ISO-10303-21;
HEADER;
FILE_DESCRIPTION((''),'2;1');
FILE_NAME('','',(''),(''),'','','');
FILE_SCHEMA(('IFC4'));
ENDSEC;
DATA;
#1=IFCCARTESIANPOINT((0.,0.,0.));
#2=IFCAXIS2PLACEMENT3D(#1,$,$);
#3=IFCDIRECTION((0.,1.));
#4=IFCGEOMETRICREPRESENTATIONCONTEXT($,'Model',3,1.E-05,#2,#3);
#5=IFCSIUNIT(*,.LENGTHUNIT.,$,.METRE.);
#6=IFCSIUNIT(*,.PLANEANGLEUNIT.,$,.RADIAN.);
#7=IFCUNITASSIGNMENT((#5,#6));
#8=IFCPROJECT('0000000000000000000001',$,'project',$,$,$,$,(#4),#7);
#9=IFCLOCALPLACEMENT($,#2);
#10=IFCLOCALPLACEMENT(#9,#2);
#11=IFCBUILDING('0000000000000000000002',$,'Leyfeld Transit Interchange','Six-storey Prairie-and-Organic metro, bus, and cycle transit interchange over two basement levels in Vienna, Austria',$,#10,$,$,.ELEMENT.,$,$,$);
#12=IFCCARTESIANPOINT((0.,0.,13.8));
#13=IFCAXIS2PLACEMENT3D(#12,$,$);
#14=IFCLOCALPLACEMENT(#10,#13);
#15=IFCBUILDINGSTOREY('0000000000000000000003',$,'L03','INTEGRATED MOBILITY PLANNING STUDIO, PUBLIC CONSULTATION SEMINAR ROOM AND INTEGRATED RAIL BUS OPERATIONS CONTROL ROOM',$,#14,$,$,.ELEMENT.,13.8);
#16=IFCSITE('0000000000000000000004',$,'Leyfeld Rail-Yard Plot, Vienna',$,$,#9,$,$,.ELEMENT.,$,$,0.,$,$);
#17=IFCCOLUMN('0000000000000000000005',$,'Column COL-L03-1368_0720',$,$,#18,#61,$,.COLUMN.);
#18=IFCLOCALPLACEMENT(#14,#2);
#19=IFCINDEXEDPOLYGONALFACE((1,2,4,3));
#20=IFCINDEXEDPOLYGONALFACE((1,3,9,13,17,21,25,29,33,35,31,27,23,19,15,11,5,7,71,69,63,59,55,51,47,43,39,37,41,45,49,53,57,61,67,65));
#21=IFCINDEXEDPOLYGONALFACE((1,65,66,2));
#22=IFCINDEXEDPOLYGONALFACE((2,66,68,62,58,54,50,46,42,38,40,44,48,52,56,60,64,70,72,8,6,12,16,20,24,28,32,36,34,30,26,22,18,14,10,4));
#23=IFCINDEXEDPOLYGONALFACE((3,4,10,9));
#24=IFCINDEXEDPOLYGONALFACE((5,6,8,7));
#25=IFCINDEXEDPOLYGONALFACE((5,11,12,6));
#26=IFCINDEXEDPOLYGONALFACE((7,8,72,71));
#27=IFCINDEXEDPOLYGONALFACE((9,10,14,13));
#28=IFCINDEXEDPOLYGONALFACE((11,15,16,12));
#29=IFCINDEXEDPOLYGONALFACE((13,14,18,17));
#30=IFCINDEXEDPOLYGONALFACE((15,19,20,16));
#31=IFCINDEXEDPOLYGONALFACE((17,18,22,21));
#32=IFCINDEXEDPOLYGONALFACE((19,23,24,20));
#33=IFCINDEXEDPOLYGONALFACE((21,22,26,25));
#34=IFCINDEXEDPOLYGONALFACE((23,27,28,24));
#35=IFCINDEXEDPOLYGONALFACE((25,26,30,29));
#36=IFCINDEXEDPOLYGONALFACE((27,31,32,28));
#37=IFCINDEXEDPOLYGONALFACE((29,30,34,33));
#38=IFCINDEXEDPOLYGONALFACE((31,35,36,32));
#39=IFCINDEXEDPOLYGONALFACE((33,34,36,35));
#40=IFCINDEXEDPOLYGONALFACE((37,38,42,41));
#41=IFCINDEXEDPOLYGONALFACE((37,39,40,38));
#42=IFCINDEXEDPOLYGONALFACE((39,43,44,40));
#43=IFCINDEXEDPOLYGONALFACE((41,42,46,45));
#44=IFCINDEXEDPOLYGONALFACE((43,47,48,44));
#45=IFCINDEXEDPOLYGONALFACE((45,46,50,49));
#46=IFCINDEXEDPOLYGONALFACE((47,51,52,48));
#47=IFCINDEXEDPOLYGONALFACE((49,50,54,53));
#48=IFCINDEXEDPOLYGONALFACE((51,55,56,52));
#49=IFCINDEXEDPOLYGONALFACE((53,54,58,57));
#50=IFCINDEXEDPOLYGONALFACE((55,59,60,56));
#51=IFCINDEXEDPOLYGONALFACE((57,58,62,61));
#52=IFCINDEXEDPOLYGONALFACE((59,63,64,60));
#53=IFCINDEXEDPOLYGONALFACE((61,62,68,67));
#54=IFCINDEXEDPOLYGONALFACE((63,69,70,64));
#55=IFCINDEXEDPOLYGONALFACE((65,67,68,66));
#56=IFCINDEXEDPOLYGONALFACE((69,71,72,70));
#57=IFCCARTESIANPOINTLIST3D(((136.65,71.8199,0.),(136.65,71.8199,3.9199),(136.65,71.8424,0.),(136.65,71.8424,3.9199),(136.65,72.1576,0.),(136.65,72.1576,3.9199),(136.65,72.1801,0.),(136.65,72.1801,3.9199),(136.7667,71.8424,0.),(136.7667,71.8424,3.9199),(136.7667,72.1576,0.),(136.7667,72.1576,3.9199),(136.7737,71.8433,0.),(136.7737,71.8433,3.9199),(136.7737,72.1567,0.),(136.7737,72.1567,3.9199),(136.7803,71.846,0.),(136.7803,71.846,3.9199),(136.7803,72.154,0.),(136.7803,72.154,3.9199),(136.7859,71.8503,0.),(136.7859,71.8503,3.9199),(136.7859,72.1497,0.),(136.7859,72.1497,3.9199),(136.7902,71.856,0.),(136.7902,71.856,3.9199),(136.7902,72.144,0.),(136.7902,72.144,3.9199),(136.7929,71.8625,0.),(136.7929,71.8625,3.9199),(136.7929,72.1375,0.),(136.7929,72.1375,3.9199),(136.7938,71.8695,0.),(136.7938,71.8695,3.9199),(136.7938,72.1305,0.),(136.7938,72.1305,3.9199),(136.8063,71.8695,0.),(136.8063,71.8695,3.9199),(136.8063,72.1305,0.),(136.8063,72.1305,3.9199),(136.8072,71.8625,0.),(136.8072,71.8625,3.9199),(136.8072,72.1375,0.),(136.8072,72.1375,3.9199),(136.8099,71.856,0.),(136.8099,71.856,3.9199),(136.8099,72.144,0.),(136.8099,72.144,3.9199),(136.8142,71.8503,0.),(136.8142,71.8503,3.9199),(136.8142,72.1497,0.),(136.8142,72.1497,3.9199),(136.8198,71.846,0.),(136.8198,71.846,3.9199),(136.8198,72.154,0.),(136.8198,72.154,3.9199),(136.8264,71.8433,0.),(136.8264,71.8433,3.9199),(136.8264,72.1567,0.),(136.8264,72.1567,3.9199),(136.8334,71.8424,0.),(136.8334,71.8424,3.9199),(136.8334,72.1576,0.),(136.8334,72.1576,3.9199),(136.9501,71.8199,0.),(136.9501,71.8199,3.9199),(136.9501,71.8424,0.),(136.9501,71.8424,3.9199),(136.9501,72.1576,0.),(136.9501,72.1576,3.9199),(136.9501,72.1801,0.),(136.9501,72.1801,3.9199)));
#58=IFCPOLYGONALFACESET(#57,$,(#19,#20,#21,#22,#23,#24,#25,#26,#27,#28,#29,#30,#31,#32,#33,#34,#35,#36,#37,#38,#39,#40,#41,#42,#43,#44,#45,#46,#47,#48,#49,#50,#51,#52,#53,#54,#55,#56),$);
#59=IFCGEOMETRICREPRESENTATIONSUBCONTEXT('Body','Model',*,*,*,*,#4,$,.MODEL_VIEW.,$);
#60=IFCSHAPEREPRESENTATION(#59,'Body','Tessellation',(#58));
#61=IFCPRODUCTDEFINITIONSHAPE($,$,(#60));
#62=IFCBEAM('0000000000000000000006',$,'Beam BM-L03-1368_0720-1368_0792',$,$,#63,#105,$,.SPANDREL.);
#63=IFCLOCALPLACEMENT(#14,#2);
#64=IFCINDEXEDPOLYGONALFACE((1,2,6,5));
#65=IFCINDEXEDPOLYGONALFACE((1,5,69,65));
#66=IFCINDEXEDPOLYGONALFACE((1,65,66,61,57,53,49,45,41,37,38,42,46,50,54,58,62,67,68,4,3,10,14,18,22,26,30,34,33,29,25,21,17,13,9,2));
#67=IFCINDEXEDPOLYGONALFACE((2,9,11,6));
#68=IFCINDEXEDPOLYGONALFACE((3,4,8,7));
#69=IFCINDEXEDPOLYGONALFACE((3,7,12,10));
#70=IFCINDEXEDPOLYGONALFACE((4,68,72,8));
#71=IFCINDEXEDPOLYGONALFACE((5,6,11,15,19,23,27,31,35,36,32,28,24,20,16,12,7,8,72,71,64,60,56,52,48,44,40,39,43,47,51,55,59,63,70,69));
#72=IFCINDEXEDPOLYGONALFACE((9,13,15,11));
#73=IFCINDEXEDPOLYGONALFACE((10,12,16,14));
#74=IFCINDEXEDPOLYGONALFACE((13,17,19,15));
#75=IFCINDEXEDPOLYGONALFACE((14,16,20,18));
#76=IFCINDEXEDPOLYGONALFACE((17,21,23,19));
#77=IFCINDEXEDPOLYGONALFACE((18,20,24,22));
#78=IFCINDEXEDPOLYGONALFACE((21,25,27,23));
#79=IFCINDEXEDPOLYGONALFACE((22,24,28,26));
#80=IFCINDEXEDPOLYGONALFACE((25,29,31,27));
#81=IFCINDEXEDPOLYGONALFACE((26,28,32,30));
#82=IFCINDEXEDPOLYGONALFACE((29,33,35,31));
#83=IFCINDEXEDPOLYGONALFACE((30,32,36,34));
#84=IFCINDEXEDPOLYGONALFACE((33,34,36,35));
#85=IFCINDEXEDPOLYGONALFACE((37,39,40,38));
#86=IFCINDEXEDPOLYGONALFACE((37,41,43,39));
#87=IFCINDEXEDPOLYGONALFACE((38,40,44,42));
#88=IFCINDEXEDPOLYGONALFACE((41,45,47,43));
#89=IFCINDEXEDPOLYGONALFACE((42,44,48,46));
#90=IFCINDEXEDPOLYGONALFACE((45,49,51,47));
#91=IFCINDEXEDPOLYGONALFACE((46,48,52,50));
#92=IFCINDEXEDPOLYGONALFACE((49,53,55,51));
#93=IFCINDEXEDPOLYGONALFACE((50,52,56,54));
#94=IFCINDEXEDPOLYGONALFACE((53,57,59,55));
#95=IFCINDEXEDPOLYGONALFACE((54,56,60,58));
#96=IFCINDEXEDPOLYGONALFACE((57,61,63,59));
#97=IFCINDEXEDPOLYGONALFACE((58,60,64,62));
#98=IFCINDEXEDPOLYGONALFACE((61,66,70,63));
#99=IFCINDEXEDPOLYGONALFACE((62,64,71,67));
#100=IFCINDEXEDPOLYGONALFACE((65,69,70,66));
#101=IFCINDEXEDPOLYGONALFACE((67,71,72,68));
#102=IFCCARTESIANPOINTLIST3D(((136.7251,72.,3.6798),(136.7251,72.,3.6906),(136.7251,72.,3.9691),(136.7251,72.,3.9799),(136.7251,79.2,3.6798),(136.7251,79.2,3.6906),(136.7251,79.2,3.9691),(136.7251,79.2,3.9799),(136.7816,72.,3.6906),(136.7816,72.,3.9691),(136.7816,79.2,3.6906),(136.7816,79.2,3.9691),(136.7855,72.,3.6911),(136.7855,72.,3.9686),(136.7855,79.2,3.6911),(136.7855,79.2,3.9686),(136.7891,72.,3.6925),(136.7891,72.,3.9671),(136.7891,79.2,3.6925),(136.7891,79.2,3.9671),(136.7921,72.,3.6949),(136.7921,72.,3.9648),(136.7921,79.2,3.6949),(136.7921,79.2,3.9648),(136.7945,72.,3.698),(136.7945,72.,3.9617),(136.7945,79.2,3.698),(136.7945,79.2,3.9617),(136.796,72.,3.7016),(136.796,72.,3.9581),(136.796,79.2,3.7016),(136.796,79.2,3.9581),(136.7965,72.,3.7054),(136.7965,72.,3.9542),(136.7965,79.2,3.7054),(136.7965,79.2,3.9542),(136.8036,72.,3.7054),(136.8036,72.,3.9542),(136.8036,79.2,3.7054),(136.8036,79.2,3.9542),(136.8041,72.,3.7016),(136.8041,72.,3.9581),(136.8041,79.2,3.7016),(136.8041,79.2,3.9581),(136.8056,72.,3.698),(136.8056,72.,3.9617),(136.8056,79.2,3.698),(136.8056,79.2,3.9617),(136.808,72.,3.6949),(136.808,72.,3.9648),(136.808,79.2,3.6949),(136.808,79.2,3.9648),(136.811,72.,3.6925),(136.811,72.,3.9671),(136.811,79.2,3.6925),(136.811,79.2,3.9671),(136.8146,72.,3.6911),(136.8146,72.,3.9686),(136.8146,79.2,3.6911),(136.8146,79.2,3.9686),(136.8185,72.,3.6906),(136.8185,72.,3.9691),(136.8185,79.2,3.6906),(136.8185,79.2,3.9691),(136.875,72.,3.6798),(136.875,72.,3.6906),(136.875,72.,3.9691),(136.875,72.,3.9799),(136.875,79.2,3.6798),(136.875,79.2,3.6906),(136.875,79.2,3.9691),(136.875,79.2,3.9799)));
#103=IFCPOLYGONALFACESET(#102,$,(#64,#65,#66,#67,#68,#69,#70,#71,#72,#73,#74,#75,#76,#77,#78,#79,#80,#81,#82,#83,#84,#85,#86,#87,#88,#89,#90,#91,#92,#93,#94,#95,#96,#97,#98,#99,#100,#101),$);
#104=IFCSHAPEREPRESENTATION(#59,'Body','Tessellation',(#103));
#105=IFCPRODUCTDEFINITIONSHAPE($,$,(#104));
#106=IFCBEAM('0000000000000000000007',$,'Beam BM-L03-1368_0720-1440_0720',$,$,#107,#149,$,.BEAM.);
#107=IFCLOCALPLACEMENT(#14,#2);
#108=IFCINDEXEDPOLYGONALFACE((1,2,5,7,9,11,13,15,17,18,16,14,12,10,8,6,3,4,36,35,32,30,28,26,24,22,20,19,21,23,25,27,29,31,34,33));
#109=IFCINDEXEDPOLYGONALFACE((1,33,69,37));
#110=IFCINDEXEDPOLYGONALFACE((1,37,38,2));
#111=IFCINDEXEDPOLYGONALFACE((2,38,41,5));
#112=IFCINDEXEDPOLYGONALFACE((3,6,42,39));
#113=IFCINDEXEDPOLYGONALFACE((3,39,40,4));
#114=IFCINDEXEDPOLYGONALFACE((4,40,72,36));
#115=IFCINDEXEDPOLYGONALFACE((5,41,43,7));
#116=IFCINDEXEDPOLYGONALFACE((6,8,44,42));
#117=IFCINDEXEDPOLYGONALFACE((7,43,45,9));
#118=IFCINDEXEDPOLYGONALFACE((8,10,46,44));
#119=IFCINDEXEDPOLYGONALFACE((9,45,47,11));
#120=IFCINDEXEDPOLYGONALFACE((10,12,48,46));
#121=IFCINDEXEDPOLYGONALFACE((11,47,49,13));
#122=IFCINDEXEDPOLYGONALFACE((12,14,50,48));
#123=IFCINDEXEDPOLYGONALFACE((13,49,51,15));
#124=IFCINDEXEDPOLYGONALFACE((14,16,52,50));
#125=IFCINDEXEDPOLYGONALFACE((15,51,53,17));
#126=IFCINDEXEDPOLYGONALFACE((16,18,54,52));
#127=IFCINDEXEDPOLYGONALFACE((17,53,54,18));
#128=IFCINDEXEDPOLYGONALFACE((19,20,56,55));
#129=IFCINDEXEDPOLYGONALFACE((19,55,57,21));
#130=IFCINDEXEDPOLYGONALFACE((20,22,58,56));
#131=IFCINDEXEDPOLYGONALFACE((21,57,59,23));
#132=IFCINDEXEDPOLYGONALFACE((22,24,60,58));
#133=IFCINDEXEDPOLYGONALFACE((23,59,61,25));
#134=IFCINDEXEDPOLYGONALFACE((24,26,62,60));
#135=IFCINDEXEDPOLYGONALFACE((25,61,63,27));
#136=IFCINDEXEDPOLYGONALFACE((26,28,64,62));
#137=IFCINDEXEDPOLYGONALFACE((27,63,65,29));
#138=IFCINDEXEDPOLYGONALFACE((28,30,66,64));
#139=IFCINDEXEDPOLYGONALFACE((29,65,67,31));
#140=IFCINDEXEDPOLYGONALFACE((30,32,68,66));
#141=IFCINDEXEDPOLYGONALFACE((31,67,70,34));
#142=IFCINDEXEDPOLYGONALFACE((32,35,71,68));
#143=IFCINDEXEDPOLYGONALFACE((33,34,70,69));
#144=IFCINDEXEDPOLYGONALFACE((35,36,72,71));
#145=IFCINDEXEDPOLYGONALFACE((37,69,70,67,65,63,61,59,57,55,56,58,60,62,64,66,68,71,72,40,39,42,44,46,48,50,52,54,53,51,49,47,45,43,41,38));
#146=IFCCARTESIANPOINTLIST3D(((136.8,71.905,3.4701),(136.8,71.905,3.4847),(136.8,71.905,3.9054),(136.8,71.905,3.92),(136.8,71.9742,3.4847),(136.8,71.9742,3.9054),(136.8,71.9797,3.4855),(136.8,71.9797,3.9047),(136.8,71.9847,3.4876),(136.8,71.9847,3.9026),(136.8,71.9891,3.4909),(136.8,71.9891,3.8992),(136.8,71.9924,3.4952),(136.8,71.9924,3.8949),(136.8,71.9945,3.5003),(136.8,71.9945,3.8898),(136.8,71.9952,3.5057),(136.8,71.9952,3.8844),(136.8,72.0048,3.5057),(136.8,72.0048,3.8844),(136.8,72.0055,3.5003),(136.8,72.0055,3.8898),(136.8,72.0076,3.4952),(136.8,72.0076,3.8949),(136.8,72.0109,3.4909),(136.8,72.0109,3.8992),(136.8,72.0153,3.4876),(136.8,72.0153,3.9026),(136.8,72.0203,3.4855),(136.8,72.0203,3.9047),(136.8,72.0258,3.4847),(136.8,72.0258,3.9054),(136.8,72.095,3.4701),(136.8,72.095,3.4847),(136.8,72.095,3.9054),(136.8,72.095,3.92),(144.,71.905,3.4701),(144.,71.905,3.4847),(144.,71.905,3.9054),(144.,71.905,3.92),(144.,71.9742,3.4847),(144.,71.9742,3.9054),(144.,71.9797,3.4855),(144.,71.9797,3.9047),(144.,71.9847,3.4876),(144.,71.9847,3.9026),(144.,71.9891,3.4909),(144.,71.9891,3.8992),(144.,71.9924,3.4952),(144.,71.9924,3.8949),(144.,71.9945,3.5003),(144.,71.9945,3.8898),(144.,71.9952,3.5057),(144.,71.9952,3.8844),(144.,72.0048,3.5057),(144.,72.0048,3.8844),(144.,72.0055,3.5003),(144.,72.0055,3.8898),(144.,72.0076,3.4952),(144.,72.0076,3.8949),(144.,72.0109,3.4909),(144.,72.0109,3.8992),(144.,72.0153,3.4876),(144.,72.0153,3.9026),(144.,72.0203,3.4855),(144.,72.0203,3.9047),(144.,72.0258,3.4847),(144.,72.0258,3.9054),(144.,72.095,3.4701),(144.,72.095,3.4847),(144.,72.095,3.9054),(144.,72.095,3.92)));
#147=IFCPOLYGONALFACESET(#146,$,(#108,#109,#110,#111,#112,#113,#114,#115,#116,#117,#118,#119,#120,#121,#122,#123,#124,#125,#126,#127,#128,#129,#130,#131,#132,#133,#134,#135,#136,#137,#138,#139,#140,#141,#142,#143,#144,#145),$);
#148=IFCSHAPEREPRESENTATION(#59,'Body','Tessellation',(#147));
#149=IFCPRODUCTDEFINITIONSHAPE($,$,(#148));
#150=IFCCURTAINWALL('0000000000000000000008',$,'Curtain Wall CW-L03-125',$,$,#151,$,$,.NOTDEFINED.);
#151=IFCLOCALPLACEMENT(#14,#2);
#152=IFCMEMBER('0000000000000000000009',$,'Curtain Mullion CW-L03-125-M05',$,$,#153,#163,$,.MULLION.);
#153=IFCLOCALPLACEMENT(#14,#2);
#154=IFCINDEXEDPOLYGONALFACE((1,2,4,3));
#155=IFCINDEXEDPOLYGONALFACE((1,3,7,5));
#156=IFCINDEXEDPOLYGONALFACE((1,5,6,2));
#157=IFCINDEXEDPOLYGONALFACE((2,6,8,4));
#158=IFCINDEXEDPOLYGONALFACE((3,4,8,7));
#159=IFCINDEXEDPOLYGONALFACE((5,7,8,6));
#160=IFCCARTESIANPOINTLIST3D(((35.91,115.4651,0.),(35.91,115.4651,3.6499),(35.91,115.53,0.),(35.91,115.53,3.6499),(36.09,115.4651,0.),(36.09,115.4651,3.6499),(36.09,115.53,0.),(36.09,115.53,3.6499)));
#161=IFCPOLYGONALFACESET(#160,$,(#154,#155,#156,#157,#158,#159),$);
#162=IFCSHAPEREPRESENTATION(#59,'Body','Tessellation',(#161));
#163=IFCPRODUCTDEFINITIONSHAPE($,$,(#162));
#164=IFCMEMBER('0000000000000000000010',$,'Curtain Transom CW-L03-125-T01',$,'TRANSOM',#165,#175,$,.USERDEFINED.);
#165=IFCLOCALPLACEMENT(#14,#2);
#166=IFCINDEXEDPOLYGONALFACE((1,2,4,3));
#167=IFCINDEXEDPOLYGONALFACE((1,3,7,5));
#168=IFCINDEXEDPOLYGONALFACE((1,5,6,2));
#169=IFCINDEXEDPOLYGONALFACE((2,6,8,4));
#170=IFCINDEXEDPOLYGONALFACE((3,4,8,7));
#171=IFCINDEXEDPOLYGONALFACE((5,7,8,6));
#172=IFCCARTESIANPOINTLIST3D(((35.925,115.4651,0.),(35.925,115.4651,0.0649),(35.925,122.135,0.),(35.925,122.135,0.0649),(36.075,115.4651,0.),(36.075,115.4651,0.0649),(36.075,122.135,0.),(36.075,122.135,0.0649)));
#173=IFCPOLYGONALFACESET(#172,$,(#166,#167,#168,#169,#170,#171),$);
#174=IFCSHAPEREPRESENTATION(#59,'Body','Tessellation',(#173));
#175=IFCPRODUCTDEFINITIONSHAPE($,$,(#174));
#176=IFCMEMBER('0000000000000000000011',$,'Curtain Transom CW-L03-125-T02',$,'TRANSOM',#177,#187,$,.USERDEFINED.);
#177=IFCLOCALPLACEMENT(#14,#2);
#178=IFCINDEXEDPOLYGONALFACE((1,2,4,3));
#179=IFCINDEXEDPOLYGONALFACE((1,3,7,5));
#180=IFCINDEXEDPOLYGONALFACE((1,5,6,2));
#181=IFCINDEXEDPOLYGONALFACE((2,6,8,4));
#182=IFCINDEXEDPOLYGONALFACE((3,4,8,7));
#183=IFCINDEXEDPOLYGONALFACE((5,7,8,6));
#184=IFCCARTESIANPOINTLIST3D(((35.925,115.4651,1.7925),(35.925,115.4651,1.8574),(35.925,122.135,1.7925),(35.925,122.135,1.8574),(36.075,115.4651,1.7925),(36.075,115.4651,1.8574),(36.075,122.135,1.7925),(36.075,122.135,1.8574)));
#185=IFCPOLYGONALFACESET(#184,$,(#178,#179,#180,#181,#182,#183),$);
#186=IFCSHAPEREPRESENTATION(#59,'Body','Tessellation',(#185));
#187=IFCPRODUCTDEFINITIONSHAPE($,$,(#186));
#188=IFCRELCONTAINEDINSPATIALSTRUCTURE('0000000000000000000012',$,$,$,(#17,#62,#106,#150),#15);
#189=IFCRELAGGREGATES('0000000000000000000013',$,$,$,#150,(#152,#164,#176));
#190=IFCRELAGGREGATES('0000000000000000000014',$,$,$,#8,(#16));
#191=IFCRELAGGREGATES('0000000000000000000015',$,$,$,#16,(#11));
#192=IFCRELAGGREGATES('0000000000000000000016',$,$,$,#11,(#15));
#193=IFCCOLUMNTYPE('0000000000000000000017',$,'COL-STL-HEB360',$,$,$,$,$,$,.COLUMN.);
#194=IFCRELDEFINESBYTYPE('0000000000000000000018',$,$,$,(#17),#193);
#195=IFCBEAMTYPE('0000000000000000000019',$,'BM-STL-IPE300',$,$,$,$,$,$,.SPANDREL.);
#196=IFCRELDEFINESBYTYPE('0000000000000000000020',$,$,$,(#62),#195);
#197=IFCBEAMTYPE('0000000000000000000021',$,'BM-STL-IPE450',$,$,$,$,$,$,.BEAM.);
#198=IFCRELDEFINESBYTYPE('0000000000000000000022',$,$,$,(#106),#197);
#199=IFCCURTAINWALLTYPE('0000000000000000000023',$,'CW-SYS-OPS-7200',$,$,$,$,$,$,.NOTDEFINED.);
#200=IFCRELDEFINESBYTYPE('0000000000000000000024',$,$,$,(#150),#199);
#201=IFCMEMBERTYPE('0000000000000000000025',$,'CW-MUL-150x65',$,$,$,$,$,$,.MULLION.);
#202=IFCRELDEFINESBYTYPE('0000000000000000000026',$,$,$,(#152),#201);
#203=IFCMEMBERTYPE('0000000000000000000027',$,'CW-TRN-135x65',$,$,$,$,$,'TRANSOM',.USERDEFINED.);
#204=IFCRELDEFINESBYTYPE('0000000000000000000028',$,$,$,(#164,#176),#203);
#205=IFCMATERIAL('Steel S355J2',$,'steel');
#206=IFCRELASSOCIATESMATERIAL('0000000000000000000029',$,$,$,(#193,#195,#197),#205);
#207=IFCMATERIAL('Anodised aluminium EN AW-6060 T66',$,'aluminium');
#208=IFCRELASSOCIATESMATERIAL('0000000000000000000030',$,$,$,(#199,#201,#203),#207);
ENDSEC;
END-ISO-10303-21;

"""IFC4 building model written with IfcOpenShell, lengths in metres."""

from ifc_helpers import new_model, si_unit, direction, frame, origin, origin_2d, place, context, subcontext, project, spatial, rectangle, i_section, extrude, material, material_profile, profile_set, type_object, element, aggregate, save


model = new_model("IFC4")

# Units and contexts
model_context = context("Model", 3, precision=1e-05, world=origin(), true_north=direction((0.0, 1.0)))
body_context = subcontext(model_context, "Body", "Model", "MODEL_VIEW")
ifc_project = project(units=[si_unit("LENGTHUNIT", "METRE"), si_unit("PLANEANGLEUNIT", "RADIAN")], contexts=[model_context])

# Site, building, storey
site_placement = place(None, origin())
site = spatial("IfcSite", under=ifc_project, at=site_placement, Name="Leyfeld Rail-Yard Plot, Vienna", CompositionType="ELEMENT", RefElevation=0.0)
building_placement = place(site_placement, origin())
building = spatial("IfcBuilding", under=site, at=building_placement, Name="Leyfeld Transit Interchange", Description="Six-storey Prairie-and-Organic metro, bus, and cycle transit interchange over two basement levels in Vienna, Austria", CompositionType="ELEMENT")
storey_placement = place(building_placement, frame((0.0, 0.0, 13.8)))
storey = spatial("IfcBuildingStorey", under=building, at=storey_placement, Name="L03", Description="INTEGRATED MOBILITY PLANNING STUDIO, PUBLIC CONSULTATION SEMINAR ROOM AND INTEGRATED RAIL BUS OPERATIONS CONTROL ROOM", CompositionType="ELEMENT", Elevation=13.8)

# Column
ifc_material_1 = material(Name="Steel S355J2", Category="steel")
ifc_material_profile_1 = material_profile(ifc_material_1, i_section(OverallWidth=0.3, OverallDepth=0.3601, WebThickness=0.0125, FlangeThickness=0.0225, FilletRadius=0.0271, at=origin_2d()), Name="HEB 360")
ifc_profile_set_1 = profile_set([ifc_material_profile_1], Name="Steel S355J2")
column_type = type_object("IfcColumnType", Name="COL-STL-HEB360", PredefinedType="COLUMN", material=ifc_profile_set_1)
column_placement = place(storey_placement, frame((136.8, 72.0, 0.0), z_axis=(0.0, 0.0, 1.0), x_axis=(1.0, 0.0, 0.0)))
element("IfcColumn", 1, at=column_placement, inside=storey, type_object=column_type, Name="Column COL-L03-1368_0720", PredefinedType="COLUMN", context=body_context, shape_type="SweptSolid", body=[
    extrude(i_section(OverallWidth=0.3, OverallDepth=0.3601, WebThickness=0.0125, FlangeThickness=0.0225, FilletRadius=0.0271, at=origin_2d()), origin(), (0.0, 0.0, 1.0), 3.9199),
])

# Beams
ifc_material_profile_2 = material_profile(ifc_material_1, i_section(OverallWidth=0.1499, OverallDepth=0.3, WebThickness=0.0071, FlangeThickness=0.0107, FilletRadius=0.0149, at=origin_2d()), Name="IPE 300")
ifc_profile_set_2 = profile_set([ifc_material_profile_2], Name="Steel S355J2")
beam_type_1 = type_object("IfcBeamType", Name="BM-STL-IPE300", PredefinedType="SPANDREL", material=ifc_profile_set_2)
beam_1_placement = place(storey_placement, frame((136.8, 72.0, 3.8298), z_axis=(0.0, 1.0, 0.0), x_axis=(-1.0, 0.0, 0.0)))
element("IfcBeam", 2, at=beam_1_placement, inside=storey, type_object=beam_type_1, Name="Beam BM-L03-1368_0720-1368_0792", PredefinedType="SPANDREL", context=body_context, shape_type="SweptSolid", body=[
    extrude(i_section(OverallWidth=0.1499, OverallDepth=0.3, WebThickness=0.0071, FlangeThickness=0.0107, FilletRadius=0.0149, at=origin_2d()), origin(), (0.0, 0.0, 1.0), 7.2),
])
ifc_material_profile_3 = material_profile(ifc_material_1, i_section(OverallWidth=0.1899, OverallDepth=0.45, WebThickness=0.0095, FlangeThickness=0.0146, FilletRadius=0.021, at=origin_2d()), Name="IPE 450")
ifc_profile_set_3 = profile_set([ifc_material_profile_3], Name="Steel S355J2")
beam_type_2 = type_object("IfcBeamType", Name="BM-STL-IPE450", PredefinedType="BEAM", material=ifc_profile_set_3)
beam_2_placement = place(storey_placement, frame((136.8, 72.0, 3.6951), z_axis=(1.0, 0.0, 0.0), x_axis=(0.0, 1.0, 0.0)))
element("IfcBeam", 3, at=beam_2_placement, inside=storey, type_object=beam_type_2, Name="Beam BM-L03-1368_0720-1440_0720", PredefinedType="BEAM", context=body_context, shape_type="SweptSolid", body=[
    extrude(i_section(OverallWidth=0.1899, OverallDepth=0.45, WebThickness=0.0095, FlangeThickness=0.0146, FilletRadius=0.021, at=origin_2d()), origin(), (0.0, 0.0, 1.0), 7.2),
])

# Curtain wall, members
ifc_material_2 = material(Name="Anodised aluminium EN AW-6060 T66", Category="aluminium")
curtain_wall_type_1 = type_object("IfcCurtainWallType", Name="CW-SYS-OPS-7200", PredefinedType="NOTDEFINED", material=ifc_material_2)
curtain_wall_1_placement = place(storey_placement, origin())
curtain_wall_1 = element("IfcCurtainWall", 4, at=curtain_wall_1_placement, inside=storey, type_object=curtain_wall_type_1, Name="Curtain Wall CW-L03-125", PredefinedType="NOTDEFINED")
ifc_material_profile_4 = material_profile(ifc_material_2, rectangle(XDim=0.0649, YDim=0.1799, at=origin_2d()), Name="CW-M 65x180")
ifc_profile_set_4 = profile_set([ifc_material_profile_4], Name="Anodised aluminium EN AW-6060 T66")
member_type_1 = type_object("IfcMemberType", Name="CW-MUL-150x65", PredefinedType="MULLION", material=ifc_profile_set_4)
member_1_placement = place(storey_placement, frame((36.0, 115.4976, 0.0), z_axis=(0.0, 0.0, 1.0), x_axis=(0.0, -1.0, 0.0)))
member_1 = element("IfcMember", 5, at=member_1_placement, type_object=member_type_1, Name="Curtain Mullion CW-L03-125-M05", PredefinedType="MULLION", context=body_context, shape_type="SweptSolid", body=[
    extrude(rectangle(XDim=0.0649, YDim=0.1799, at=origin_2d()), origin(), (0.0, 0.0, 1.0), 3.6499),
])
ifc_material_profile_5 = material_profile(ifc_material_2, rectangle(XDim=0.1499, YDim=0.0649, at=origin_2d()), Name="CW-TRN-135x65")
ifc_profile_set_5 = profile_set([ifc_material_profile_5], Name="Anodised aluminium EN AW-6060 T66")
member_type_2 = type_object("IfcMemberType", Name="CW-TRN-135x65", ElementType="TRANSOM", PredefinedType="USERDEFINED", material=ifc_profile_set_5)
member_2_placement = place(storey_placement, frame((36.0, 122.135, 0.0325), z_axis=(0.0, -1.0, 0.0), x_axis=(1.0, 0.0, 0.0)))
member_2 = element("IfcMember", 6, at=member_2_placement, type_object=member_type_2, Name="Curtain Transom CW-L03-125-T01", ObjectType="TRANSOM", PredefinedType="USERDEFINED", context=body_context, shape_type="SweptSolid", body=[
    extrude(rectangle(XDim=0.1499, YDim=0.0649, at=origin_2d()), origin(), (0.0, 0.0, 1.0), 6.6699),
])
member_3_placement = place(storey_placement, frame((36.0, 122.135, 1.825), z_axis=(0.0, -1.0, 0.0), x_axis=(1.0, 0.0, 0.0)))
member_3 = element("IfcMember", 7, at=member_3_placement, type_object=member_type_2, Name="Curtain Transom CW-L03-125-T02", ObjectType="TRANSOM", PredefinedType="USERDEFINED", context=body_context, shape_type="SweptSolid", body=[
    extrude(rectangle(XDim=0.1499, YDim=0.0649, at=origin_2d()), origin(), (0.0, 0.0, 1.0), 6.6699),
])

aggregate(curtain_wall_1, [member_1, member_2, member_3])

save(model, "model.ifc")
